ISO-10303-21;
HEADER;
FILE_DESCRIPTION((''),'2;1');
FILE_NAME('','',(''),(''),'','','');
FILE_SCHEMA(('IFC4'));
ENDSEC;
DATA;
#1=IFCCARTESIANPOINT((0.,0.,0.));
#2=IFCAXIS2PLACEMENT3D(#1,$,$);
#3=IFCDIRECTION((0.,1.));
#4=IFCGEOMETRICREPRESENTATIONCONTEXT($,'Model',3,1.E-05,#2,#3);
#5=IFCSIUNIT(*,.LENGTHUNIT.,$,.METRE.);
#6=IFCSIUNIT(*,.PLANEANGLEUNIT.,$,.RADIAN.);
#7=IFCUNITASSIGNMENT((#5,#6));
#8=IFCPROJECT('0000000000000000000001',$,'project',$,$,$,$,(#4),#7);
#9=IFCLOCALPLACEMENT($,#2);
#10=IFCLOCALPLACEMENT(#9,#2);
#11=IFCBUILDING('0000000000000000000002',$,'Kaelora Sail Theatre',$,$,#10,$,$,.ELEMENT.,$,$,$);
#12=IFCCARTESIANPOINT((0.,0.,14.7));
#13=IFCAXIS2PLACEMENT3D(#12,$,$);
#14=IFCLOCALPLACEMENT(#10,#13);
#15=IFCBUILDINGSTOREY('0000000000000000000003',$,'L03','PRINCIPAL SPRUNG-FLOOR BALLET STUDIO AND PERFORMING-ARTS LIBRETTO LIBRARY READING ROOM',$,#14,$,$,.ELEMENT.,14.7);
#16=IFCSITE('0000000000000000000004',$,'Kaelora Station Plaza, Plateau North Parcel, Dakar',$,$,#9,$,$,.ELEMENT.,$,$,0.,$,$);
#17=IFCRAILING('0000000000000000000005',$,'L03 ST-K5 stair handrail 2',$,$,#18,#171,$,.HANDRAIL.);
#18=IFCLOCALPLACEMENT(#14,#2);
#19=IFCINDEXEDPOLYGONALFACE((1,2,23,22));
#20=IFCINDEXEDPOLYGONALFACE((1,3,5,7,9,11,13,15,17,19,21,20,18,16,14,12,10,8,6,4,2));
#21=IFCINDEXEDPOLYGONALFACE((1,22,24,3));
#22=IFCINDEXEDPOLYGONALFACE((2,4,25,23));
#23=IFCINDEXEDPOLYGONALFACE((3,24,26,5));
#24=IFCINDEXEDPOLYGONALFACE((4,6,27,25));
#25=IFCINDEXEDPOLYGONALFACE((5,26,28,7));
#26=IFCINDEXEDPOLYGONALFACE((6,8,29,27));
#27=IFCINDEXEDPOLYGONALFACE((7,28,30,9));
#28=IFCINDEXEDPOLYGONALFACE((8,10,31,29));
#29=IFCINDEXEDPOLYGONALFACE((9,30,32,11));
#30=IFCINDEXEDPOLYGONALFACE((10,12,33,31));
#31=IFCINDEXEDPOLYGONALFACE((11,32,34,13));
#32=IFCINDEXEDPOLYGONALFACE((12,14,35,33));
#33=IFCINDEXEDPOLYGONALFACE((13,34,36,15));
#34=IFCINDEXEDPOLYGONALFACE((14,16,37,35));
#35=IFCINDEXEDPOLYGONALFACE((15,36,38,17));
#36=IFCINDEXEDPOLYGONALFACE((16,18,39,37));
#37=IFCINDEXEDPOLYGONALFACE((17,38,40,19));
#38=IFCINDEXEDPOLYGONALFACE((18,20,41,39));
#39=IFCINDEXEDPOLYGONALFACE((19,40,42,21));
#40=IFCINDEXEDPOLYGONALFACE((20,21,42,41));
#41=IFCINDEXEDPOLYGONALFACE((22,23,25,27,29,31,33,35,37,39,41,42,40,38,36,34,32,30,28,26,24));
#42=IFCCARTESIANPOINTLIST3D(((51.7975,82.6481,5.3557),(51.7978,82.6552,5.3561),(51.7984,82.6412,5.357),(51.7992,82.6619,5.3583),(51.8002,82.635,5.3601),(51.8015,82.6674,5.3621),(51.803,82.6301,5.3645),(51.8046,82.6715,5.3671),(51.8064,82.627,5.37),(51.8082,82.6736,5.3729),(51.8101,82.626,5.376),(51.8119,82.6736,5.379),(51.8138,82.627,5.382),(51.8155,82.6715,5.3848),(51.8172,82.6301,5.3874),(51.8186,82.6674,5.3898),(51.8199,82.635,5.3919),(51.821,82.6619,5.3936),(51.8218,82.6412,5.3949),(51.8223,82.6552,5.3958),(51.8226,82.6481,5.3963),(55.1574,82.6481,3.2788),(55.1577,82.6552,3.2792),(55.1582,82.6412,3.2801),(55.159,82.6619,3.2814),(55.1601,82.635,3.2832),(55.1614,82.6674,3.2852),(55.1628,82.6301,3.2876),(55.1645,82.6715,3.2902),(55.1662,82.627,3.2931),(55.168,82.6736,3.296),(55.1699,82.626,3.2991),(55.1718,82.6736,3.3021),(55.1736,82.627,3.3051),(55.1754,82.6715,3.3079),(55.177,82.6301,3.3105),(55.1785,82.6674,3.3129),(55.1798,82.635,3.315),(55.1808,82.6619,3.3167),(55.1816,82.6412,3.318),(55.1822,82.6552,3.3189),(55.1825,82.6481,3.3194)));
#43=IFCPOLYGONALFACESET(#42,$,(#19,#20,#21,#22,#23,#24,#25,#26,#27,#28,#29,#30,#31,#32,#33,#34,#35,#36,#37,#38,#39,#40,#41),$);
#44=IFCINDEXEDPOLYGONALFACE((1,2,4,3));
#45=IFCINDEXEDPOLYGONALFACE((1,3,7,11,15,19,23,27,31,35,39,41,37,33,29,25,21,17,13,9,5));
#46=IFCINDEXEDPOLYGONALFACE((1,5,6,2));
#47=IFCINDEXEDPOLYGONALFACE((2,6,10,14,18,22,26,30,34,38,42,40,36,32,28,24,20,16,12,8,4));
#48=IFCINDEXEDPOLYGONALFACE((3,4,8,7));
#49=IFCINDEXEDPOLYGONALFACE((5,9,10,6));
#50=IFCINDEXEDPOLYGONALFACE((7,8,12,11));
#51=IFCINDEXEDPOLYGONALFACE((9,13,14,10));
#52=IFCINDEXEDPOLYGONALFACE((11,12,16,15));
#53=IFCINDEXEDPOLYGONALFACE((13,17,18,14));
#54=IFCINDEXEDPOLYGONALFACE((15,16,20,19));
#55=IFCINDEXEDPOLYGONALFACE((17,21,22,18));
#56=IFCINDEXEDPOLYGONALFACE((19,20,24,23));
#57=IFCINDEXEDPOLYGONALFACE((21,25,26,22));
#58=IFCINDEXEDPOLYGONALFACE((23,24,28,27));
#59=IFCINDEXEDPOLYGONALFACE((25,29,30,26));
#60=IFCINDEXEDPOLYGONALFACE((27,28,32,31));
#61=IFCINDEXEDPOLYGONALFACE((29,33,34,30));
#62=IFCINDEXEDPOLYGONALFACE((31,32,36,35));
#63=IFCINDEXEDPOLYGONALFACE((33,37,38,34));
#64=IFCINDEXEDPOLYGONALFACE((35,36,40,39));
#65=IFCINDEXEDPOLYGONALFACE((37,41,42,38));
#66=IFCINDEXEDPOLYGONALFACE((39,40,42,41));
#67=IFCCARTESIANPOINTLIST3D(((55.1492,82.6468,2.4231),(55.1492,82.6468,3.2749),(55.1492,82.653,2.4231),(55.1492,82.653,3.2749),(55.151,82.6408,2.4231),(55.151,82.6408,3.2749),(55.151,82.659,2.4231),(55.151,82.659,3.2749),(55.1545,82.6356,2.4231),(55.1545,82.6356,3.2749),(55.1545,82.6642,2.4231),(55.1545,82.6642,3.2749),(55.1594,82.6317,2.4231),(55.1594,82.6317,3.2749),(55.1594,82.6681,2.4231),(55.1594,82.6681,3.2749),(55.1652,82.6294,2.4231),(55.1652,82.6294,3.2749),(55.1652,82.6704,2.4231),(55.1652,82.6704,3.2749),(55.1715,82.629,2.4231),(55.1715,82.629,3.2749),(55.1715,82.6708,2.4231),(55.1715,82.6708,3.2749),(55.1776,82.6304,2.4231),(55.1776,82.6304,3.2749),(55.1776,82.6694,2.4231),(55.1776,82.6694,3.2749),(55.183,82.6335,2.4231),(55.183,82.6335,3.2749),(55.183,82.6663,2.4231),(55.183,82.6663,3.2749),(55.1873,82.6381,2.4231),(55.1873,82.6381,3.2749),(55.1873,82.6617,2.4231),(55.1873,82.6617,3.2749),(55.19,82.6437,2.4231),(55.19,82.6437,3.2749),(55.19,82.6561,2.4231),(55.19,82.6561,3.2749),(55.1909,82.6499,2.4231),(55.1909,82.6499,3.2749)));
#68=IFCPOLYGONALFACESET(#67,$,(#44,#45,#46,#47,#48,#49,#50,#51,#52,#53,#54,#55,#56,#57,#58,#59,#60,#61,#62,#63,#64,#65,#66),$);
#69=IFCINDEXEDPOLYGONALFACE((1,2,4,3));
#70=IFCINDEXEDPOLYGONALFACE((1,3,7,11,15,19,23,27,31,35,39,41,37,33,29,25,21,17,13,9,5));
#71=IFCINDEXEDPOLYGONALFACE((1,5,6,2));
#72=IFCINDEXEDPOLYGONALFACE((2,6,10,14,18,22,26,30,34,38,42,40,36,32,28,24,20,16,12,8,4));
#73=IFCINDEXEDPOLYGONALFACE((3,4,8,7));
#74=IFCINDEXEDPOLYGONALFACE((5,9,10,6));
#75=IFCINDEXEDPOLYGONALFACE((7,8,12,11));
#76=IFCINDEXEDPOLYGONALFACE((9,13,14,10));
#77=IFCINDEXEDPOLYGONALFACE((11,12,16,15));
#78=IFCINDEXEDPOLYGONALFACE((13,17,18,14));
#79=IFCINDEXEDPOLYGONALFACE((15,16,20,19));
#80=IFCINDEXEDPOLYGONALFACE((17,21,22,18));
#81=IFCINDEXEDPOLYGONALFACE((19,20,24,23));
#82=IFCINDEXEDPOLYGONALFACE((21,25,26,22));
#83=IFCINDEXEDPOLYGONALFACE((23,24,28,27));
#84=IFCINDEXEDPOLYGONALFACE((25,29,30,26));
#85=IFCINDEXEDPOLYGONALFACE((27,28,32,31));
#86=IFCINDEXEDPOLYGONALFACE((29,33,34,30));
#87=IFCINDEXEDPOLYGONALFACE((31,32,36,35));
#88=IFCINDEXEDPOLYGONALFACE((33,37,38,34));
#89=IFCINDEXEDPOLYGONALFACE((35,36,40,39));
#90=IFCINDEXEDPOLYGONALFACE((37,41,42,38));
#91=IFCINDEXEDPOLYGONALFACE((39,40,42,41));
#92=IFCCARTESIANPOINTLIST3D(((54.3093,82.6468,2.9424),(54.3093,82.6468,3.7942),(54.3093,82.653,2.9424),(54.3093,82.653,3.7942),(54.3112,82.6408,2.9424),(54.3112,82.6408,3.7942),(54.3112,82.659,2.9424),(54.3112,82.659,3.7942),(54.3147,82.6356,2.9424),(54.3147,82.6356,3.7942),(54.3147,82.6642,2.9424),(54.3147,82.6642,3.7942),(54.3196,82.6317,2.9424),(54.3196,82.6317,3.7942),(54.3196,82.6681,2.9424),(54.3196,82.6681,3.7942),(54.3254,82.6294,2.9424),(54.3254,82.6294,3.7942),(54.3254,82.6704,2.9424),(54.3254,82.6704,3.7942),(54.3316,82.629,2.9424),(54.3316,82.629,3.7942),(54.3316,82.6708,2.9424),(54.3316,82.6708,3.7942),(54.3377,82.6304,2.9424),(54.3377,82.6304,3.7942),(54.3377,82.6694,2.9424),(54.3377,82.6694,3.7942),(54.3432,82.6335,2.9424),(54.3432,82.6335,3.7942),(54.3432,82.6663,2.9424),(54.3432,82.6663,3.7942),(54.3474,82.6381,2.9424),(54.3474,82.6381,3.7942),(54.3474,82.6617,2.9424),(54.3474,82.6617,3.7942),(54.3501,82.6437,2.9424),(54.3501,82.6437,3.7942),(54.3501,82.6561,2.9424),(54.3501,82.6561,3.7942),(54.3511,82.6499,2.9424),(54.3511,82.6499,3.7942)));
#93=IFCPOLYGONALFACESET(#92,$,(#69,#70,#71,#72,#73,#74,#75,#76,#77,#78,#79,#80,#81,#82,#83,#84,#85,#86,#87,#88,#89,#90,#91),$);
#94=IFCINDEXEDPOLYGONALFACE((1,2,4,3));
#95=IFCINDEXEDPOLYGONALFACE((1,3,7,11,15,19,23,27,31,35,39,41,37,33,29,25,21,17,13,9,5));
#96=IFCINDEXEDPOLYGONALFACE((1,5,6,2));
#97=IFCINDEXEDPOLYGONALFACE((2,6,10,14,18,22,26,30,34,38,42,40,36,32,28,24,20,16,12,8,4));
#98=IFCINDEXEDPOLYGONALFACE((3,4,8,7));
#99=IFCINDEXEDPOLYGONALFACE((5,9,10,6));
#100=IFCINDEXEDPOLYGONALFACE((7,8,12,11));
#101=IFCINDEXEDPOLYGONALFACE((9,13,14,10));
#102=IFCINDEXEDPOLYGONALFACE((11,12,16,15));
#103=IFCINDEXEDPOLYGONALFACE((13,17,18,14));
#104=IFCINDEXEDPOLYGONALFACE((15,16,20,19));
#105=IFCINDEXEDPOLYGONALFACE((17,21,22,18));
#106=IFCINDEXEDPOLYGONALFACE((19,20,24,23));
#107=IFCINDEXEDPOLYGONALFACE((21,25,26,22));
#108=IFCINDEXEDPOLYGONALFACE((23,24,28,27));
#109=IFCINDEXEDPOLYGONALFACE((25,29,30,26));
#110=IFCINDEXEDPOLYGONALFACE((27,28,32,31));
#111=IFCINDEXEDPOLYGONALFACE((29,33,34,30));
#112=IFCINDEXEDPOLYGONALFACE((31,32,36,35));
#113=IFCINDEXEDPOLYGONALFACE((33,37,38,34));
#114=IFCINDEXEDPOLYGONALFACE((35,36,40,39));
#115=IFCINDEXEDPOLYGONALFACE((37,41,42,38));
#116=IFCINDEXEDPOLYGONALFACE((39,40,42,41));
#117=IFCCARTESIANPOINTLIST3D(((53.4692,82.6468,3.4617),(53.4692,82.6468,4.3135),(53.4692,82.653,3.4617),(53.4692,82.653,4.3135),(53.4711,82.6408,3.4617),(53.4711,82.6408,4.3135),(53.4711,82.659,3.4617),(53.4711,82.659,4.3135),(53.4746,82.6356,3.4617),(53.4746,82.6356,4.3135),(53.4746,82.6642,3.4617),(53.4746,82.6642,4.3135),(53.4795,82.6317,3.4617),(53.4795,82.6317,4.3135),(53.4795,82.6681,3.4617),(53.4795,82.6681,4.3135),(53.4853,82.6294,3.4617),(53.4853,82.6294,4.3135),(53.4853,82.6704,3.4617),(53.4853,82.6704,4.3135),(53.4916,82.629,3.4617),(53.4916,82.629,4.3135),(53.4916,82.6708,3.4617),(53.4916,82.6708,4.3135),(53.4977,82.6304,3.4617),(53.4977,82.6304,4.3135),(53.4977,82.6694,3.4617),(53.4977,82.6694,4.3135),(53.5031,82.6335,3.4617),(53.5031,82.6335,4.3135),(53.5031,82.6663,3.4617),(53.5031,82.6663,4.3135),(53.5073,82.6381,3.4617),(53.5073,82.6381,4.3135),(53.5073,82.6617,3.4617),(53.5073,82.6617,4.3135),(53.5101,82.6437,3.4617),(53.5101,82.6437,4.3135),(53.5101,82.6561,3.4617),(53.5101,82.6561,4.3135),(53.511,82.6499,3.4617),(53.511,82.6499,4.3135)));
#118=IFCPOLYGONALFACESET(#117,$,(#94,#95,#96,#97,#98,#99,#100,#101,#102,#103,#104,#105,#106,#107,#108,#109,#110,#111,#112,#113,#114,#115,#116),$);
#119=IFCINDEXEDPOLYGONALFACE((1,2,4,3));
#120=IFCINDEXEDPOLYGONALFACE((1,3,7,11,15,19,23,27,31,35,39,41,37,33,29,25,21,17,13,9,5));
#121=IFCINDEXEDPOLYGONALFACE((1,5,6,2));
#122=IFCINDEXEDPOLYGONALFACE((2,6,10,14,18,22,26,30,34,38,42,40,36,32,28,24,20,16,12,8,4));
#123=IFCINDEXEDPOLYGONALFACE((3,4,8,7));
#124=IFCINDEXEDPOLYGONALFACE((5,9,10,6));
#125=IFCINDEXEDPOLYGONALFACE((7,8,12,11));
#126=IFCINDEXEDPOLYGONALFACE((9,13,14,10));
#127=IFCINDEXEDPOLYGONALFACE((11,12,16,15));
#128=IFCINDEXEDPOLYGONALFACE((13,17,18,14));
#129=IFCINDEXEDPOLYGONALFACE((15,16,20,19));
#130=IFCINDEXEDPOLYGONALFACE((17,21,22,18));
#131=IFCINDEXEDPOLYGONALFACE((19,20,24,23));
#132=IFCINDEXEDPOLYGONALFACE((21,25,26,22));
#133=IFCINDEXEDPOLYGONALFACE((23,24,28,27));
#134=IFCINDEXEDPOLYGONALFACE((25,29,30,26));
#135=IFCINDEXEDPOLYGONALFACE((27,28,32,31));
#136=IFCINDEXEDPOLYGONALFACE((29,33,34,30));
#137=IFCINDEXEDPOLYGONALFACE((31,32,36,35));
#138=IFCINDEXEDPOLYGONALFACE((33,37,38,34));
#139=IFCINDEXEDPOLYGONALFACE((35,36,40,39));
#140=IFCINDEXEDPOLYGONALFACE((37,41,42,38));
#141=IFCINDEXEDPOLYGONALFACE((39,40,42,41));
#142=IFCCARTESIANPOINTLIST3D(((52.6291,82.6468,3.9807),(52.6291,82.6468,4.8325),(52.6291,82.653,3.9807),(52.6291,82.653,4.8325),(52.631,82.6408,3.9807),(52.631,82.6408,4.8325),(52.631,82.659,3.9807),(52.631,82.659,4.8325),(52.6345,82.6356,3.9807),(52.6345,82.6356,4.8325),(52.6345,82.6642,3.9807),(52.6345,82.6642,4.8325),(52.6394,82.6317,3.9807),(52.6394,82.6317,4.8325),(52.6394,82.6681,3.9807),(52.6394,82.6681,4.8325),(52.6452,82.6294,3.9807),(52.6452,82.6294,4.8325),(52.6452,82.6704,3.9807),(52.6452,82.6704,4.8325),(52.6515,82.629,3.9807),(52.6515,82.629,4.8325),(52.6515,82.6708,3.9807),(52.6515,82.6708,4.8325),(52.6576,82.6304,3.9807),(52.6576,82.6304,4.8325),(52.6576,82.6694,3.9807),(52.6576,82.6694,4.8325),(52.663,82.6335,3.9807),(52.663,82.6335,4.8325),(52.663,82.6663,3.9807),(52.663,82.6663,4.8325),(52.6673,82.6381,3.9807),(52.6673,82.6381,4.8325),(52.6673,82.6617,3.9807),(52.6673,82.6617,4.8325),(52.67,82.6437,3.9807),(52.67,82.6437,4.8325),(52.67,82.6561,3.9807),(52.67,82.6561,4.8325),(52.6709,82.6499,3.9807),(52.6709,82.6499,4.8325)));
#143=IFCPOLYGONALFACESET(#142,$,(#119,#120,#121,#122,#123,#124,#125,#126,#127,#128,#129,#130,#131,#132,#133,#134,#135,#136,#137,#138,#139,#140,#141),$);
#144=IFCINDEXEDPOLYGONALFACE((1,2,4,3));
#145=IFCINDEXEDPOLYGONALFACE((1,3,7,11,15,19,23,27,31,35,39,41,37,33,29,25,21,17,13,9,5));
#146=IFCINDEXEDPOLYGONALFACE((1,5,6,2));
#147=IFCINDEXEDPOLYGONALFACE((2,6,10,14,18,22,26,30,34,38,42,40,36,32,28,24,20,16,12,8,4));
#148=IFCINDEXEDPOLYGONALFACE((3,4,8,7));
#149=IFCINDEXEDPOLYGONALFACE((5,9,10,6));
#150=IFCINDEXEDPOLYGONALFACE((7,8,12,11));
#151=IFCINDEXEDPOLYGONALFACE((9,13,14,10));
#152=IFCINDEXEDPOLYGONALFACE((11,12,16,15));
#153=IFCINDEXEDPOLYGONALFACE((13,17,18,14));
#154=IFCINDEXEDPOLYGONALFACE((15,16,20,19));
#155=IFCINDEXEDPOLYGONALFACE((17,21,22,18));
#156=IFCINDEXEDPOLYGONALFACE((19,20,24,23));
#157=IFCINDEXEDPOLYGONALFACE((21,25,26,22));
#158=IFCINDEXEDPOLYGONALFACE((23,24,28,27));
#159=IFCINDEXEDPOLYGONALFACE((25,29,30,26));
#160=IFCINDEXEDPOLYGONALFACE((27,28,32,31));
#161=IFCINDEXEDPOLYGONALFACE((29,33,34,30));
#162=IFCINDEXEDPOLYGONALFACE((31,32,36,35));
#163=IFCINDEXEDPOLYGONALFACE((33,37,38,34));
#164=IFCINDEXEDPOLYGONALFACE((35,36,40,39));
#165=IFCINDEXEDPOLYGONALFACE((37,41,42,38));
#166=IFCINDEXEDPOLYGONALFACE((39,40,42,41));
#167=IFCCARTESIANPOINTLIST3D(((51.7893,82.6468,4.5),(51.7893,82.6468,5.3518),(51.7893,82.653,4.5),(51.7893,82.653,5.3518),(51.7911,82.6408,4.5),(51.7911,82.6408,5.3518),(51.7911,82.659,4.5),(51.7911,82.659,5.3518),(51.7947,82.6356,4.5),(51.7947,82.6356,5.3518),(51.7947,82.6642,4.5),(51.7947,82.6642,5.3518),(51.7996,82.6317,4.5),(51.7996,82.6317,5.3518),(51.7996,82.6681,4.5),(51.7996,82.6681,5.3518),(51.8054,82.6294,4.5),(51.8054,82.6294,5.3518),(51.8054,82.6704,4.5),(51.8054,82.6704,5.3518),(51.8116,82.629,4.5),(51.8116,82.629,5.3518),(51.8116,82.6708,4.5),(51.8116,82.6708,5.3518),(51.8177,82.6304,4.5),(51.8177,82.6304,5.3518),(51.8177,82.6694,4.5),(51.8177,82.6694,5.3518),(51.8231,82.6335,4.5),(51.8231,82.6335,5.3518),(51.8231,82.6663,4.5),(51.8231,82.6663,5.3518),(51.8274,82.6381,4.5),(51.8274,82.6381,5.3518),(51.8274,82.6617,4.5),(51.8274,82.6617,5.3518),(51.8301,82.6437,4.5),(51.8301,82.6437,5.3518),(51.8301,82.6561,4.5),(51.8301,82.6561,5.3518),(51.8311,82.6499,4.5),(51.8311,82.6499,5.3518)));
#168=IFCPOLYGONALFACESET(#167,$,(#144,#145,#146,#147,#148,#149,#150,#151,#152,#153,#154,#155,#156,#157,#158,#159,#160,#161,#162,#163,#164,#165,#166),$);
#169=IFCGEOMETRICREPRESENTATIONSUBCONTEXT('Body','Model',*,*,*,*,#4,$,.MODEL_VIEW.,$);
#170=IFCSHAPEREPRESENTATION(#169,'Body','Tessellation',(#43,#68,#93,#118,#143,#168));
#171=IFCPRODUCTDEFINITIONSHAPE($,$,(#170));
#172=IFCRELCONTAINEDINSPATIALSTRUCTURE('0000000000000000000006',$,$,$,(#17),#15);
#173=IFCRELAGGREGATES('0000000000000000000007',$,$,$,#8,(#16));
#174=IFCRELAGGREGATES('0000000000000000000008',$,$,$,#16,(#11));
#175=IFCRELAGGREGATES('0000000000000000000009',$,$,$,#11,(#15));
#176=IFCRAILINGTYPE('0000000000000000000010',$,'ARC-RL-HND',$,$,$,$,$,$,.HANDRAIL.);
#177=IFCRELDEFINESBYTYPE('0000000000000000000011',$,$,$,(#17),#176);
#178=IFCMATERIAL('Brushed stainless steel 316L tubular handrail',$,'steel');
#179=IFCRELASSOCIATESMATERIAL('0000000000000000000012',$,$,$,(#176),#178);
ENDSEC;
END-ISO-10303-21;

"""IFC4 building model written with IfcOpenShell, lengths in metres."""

from ifc_helpers import new_model, si_unit, direction, frame, origin, origin_2d, place, context, subcontext, project, spatial, circle, extrude, material, type_object, element, save


model = new_model("IFC4")

# Units and contexts
model_context = context("Model", 3, precision=1e-05, world=origin(), true_north=direction((0.0, 1.0)))
body_context = subcontext(model_context, "Body", "Model", "MODEL_VIEW")
ifc_project = project(units=[si_unit("LENGTHUNIT", "METRE"), si_unit("PLANEANGLEUNIT", "RADIAN")], contexts=[model_context])

# Site, building, storey
site_placement = place(None, origin())
site = spatial("IfcSite", under=ifc_project, at=site_placement, Name="Kaelora Station Plaza, Plateau North Parcel, Dakar", CompositionType="ELEMENT", RefElevation=0.0)
building_placement = place(site_placement, origin())
building = spatial("IfcBuilding", under=site, at=building_placement, Name="Kaelora Sail Theatre", CompositionType="ELEMENT")
storey_placement = place(building_placement, frame((0.0, 0.0, 14.7)))
storey = spatial("IfcBuildingStorey", under=building, at=storey_placement, Name="L03", Description="PRINCIPAL SPRUNG-FLOOR BALLET STUDIO AND PERFORMING-ARTS LIBRETTO LIBRARY READING ROOM", CompositionType="ELEMENT", Elevation=14.7)

# Railing
ifc_material_1 = material(Name="Brushed stainless steel 316L tubular handrail", Category="steel")
railing_type_1 = type_object("IfcRailingType", Name="ARC-RL-HND", PredefinedType="HANDRAIL", material=ifc_material_1)
railing_1_placement = place(storey_placement, frame((55.1699, 82.6499, 2.4231)))
element("IfcRailing", 1, at=railing_1_placement, inside=storey, type_object=railing_type_1, Name="L03 ST-K5 stair handrail 2", PredefinedType="HANDRAIL", context=body_context, shape_type="SweptSolid", body=[
    extrude(circle(Radius=0.0239, at=origin_2d()), frame((0.0, 0.0, 0.876), z_axis=(-0.850606, 0.0, 0.525803), x_axis=(0.0, -1.0, 0.0)), (0.0, 0.0, 1.0), 3.95),
    extrude(circle(Radius=0.021, at=origin_2d()), origin(), (0.0, 0.0, 1.0), 0.8518),
    extrude(circle(Radius=0.021, at=origin_2d()), frame((-0.8398, 0.0, 0.5193)), (0.0, 0.0, 1.0), 0.8518),
    extrude(circle(Radius=0.021, at=origin_2d()), frame((-1.6799, 0.0, 1.0386)), (0.0, 0.0, 1.0), 0.8518),
    extrude(circle(Radius=0.021, at=origin_2d()), frame((-2.52, 0.0, 1.5576)), (0.0, 0.0, 1.0), 0.8518),
    extrude(circle(Radius=0.021, at=origin_2d()), frame((-3.3599, 0.0, 2.0769)), (0.0, 0.0, 1.0), 0.8518),
])

save(model, "model.ifc")
